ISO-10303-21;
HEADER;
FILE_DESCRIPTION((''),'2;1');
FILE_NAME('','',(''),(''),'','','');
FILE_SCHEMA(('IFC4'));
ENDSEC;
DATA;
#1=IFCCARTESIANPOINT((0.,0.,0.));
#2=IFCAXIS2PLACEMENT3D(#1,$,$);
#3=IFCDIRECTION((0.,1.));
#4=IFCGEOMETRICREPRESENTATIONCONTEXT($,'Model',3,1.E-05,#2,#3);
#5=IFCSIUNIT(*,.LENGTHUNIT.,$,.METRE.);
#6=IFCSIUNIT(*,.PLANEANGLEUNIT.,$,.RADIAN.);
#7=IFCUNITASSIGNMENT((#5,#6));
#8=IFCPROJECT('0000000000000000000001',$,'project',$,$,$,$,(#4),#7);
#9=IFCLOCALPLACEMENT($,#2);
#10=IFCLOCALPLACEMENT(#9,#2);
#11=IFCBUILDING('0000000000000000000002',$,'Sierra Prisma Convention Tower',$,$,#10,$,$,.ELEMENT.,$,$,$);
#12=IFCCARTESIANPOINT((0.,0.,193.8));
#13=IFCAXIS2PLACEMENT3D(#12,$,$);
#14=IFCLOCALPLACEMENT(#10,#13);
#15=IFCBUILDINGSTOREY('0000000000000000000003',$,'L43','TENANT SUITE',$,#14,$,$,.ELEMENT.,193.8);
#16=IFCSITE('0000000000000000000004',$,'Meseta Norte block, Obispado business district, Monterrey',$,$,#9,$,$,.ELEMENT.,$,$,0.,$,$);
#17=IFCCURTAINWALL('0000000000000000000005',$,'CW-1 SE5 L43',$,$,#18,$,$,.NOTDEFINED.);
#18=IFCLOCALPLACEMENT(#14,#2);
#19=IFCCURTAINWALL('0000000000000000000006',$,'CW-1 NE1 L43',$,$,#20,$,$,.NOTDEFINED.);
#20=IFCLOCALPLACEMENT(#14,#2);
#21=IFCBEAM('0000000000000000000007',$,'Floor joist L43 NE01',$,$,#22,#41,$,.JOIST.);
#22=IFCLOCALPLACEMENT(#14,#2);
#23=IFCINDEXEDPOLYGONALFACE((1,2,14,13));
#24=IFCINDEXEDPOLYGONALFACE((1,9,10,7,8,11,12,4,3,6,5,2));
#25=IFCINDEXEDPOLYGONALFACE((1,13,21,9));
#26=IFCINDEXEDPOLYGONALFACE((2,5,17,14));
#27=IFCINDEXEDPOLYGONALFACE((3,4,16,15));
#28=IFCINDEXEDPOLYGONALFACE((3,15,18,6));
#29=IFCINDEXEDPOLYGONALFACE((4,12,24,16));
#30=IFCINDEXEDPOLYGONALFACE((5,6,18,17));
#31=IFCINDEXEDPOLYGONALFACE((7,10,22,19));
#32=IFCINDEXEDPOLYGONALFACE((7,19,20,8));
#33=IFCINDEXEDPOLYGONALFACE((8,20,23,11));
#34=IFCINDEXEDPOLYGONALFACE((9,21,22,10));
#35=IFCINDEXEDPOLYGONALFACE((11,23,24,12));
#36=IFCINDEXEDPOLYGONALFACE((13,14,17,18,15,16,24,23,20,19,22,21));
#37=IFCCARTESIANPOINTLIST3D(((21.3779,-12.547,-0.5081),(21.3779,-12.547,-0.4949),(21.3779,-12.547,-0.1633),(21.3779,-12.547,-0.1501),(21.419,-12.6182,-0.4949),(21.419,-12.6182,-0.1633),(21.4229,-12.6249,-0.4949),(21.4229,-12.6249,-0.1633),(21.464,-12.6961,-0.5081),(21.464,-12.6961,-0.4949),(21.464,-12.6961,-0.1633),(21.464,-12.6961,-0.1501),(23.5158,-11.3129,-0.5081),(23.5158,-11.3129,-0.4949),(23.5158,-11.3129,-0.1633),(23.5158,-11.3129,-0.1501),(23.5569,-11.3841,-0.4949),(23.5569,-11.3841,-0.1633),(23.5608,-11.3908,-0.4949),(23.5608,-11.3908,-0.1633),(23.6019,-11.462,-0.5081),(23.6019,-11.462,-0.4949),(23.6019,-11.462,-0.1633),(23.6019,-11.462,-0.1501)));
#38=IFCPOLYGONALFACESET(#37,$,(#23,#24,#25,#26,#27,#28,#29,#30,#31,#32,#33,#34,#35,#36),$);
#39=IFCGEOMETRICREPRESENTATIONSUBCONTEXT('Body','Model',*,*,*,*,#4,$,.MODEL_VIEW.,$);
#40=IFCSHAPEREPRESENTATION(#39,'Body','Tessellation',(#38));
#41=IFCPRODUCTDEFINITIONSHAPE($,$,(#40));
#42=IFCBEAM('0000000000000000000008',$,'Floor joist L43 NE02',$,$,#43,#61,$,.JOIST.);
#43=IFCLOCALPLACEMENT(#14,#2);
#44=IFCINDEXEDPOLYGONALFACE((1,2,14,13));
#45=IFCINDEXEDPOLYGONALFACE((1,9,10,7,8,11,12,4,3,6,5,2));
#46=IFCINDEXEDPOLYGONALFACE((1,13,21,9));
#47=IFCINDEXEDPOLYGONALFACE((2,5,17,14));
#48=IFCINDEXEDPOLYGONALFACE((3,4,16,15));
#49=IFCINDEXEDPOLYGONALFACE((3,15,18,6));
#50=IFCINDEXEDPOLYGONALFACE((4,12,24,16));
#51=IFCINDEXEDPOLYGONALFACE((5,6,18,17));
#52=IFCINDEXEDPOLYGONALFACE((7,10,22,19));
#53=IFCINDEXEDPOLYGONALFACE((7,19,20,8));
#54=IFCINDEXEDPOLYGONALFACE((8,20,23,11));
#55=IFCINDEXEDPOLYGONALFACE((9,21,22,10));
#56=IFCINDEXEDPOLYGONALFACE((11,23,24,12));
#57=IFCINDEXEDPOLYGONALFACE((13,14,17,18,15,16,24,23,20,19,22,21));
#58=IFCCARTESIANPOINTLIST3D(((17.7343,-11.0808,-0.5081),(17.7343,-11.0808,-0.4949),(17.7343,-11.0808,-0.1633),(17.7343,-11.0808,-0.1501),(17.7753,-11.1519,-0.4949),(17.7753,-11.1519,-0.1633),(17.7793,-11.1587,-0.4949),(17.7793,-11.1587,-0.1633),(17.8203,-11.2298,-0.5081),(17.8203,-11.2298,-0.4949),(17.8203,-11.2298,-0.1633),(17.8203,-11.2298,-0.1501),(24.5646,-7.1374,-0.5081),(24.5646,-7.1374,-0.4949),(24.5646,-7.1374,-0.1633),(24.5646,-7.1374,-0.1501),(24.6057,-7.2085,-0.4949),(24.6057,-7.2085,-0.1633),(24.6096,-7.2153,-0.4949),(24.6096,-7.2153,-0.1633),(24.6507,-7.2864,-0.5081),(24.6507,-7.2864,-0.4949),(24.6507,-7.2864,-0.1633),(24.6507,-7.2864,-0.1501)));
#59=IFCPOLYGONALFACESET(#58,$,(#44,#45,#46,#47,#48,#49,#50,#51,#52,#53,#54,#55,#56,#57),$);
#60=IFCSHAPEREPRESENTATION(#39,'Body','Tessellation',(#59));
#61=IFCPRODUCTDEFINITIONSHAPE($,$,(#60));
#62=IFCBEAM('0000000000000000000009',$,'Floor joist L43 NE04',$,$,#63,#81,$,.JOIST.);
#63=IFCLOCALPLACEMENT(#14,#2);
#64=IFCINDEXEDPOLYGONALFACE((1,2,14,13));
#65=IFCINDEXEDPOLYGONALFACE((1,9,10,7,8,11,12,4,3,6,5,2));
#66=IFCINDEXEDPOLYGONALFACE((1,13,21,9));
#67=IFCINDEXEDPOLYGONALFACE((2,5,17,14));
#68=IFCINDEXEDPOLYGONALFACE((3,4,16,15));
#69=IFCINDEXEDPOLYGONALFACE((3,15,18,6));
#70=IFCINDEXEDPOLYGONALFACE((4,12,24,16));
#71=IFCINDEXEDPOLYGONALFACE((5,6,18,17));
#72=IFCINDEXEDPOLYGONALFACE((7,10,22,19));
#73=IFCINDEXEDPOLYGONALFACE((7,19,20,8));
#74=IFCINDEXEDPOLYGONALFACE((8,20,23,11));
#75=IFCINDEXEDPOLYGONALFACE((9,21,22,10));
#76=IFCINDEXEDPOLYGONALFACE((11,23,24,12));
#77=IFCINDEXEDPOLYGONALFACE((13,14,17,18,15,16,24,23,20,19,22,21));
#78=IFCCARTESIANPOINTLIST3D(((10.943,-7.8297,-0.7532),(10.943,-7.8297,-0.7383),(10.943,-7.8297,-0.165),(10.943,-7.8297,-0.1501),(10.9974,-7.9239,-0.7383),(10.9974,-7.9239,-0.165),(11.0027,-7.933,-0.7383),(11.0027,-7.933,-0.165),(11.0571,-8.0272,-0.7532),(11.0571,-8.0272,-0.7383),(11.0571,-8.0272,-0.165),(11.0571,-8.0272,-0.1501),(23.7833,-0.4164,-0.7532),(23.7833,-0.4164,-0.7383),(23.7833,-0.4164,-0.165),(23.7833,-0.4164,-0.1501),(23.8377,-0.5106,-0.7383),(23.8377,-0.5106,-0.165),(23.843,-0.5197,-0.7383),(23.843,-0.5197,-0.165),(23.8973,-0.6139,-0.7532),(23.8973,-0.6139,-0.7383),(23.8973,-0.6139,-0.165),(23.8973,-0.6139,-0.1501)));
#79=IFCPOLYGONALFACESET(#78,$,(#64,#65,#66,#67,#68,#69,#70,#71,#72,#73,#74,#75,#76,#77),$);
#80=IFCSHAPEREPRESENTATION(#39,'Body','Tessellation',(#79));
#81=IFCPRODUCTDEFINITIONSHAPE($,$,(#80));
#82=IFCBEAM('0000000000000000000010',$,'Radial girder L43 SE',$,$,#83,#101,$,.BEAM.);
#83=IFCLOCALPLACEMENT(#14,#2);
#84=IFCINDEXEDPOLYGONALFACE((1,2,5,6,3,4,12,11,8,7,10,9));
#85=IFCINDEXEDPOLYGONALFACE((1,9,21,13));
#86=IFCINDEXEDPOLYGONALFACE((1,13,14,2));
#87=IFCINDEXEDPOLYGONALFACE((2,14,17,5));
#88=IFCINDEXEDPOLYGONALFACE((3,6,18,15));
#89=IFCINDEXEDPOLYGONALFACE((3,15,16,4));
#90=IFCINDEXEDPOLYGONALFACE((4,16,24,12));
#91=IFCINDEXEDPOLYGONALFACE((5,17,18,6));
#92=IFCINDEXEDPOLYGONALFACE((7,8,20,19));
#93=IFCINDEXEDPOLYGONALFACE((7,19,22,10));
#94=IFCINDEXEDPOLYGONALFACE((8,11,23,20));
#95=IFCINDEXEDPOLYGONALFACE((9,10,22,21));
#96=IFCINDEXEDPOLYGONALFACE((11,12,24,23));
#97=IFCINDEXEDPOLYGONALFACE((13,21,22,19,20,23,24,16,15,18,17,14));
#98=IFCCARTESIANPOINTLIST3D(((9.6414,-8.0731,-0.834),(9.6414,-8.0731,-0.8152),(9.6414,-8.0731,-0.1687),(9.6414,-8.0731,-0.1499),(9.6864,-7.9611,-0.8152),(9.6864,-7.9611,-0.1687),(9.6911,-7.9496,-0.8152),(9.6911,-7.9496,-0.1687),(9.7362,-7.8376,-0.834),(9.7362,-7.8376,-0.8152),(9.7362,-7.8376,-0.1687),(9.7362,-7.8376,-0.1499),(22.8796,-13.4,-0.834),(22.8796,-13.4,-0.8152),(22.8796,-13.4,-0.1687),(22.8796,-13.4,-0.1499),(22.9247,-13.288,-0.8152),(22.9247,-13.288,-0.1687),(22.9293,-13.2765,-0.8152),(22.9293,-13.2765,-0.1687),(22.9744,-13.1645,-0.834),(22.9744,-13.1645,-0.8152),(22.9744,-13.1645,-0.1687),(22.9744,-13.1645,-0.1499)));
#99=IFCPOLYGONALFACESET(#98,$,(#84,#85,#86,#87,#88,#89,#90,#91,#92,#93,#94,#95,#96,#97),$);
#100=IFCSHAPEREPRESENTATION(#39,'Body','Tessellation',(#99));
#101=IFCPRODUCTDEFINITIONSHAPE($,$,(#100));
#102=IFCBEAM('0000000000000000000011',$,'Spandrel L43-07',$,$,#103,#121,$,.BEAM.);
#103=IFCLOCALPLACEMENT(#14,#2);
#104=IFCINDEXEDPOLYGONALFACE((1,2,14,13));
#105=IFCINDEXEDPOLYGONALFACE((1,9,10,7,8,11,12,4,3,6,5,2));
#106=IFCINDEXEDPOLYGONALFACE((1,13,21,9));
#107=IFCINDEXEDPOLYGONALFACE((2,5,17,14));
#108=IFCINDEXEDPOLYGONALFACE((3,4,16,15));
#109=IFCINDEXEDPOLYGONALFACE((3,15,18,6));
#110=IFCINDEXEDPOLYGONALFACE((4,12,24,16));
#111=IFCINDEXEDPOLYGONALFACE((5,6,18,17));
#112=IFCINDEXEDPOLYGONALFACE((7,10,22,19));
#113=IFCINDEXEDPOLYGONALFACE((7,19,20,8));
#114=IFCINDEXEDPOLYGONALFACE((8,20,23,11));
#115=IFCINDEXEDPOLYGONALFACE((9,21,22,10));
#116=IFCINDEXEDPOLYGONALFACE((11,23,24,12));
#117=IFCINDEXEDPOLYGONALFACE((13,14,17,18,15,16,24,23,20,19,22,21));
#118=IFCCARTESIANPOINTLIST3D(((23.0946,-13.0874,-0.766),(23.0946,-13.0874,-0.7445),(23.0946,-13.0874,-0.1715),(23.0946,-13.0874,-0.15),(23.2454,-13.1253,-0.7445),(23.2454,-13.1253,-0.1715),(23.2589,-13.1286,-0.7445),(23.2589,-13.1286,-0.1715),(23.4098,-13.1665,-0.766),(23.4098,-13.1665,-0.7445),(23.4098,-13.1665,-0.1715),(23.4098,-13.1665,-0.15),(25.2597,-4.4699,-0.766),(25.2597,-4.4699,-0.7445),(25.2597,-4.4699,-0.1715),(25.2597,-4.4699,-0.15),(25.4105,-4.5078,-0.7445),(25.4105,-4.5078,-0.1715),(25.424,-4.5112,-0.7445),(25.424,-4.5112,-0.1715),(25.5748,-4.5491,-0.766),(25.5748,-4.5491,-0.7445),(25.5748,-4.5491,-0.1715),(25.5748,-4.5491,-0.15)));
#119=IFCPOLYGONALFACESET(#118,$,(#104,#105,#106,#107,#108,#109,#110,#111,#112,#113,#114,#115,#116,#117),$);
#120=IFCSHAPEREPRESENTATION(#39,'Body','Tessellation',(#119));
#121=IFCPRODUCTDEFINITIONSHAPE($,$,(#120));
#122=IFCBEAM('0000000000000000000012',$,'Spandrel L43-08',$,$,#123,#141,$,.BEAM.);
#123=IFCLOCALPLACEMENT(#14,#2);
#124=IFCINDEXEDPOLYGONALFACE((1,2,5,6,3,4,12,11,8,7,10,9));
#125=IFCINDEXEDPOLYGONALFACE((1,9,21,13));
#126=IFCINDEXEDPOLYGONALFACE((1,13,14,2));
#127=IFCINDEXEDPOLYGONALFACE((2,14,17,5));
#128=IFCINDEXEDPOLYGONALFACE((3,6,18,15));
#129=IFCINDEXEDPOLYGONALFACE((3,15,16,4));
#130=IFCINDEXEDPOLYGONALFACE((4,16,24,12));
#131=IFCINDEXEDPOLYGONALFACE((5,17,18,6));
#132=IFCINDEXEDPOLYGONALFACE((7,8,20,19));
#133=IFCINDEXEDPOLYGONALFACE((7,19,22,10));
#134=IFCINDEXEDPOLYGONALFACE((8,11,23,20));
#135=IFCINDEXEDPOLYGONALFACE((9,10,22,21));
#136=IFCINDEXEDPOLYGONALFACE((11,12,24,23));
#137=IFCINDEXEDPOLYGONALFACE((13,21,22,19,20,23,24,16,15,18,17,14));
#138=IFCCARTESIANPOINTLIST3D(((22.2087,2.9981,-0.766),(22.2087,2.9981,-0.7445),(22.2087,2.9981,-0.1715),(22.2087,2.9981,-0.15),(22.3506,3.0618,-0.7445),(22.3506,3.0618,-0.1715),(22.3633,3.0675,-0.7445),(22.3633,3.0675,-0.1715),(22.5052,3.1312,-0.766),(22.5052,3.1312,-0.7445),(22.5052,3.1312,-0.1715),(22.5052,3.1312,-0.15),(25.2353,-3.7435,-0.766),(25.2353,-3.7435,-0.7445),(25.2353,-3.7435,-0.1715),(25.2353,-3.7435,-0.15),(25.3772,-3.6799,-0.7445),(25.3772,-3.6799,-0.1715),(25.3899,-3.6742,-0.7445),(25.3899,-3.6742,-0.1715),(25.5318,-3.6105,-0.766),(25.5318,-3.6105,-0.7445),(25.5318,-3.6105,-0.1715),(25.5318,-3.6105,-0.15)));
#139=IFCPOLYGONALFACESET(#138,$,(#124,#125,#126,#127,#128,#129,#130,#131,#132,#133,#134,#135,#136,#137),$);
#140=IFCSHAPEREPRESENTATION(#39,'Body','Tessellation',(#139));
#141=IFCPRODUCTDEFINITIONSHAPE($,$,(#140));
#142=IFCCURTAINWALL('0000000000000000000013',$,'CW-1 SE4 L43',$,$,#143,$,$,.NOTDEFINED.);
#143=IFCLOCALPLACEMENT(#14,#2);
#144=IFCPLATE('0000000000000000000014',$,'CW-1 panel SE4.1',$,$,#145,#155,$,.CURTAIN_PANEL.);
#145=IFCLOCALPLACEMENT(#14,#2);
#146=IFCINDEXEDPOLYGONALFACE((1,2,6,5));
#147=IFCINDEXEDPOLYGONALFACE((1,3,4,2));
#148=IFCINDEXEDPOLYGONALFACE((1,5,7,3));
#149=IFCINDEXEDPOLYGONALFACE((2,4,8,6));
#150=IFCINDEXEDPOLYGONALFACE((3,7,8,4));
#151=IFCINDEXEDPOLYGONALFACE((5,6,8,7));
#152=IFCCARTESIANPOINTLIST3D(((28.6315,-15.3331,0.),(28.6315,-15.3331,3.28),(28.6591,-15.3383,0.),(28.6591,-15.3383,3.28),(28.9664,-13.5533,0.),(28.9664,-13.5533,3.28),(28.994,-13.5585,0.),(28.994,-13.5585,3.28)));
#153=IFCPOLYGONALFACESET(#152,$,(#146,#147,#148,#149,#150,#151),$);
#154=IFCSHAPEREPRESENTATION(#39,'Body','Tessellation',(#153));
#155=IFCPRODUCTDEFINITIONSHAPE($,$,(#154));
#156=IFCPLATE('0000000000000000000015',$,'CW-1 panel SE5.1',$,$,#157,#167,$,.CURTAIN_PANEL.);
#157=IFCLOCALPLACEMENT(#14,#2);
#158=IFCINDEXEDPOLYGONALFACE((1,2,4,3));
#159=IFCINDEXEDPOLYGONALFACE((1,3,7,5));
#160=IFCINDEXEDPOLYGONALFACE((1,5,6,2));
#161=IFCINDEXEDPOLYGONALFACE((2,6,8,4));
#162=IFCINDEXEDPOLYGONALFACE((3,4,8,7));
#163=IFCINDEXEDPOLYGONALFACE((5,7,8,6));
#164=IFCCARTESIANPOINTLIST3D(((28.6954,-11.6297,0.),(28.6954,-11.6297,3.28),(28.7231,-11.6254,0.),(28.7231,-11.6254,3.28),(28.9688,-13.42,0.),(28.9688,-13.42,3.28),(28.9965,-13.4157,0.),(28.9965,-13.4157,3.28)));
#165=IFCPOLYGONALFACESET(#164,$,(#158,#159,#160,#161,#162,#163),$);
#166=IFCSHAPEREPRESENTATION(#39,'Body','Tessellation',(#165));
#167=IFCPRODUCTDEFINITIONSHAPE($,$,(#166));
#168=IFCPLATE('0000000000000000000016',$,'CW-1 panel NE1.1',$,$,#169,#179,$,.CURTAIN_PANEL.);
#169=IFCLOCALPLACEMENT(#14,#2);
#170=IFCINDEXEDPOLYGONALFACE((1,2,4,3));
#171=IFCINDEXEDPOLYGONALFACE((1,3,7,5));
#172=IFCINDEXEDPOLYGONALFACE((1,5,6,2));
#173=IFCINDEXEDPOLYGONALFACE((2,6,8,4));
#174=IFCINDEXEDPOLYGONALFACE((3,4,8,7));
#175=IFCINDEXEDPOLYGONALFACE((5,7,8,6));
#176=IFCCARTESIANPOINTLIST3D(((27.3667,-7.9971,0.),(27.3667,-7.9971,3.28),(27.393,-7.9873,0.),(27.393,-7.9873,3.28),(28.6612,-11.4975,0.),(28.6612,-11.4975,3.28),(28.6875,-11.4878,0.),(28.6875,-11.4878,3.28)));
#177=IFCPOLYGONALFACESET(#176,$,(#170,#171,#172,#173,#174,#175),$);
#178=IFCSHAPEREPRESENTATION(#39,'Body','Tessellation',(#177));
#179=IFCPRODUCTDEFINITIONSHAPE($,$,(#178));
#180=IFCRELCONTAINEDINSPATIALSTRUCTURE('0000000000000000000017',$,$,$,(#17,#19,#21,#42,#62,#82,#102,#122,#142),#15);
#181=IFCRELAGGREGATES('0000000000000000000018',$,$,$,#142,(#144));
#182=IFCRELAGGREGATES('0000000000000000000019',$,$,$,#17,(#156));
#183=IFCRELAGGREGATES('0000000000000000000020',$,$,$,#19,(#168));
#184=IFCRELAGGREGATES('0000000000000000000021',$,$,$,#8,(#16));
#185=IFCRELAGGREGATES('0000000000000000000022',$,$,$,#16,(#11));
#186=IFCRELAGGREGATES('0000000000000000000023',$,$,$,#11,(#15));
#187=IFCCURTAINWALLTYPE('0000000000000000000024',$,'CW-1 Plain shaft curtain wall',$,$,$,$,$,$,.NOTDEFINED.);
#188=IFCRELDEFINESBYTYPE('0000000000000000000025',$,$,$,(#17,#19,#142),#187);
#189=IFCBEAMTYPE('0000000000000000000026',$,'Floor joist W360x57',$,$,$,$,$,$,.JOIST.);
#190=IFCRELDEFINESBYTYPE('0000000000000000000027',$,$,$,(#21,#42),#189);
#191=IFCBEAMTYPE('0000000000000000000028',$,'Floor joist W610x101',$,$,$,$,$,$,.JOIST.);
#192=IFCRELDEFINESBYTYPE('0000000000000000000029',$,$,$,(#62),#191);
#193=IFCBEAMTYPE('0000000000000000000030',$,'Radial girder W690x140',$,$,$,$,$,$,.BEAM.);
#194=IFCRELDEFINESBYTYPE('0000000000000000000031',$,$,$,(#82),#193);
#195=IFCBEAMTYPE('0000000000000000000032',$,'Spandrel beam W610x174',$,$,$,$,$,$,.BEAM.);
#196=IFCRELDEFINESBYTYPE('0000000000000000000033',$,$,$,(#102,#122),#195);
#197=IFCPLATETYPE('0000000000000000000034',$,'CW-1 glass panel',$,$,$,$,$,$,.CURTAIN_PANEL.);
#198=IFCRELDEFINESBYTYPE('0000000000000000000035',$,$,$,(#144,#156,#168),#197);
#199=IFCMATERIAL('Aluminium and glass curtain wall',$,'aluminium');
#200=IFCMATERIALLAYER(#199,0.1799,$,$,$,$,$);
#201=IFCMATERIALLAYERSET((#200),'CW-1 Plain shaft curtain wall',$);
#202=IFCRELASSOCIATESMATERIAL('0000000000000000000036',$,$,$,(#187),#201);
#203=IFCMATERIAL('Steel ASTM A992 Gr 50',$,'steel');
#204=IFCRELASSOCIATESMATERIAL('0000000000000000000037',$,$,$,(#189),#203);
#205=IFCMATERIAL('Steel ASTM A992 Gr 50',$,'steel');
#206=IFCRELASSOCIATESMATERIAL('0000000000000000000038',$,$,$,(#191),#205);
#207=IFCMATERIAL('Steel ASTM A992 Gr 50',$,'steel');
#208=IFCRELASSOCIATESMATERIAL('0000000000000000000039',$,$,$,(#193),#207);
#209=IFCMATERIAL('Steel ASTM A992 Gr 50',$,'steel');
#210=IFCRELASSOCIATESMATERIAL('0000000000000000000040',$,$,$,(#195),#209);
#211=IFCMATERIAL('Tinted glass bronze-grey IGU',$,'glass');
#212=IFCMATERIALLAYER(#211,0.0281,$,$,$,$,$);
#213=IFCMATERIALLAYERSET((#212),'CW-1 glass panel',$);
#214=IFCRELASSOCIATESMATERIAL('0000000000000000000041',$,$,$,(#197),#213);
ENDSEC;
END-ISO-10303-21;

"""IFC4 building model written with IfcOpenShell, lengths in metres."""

from ifc_helpers import new_model, si_unit, direction, frame, origin, origin_2d, place, context, subcontext, project, spatial, rectangle, i_section, extrude, material, layer, layer_set, material_profile, profile_set, type_object, element, aggregate, save


model = new_model("IFC4")

# Units and contexts
model_context = context("Model", 3, precision=1e-05, world=origin(), true_north=direction((0.0, 1.0)))
body_context = subcontext(model_context, "Body", "Model", "MODEL_VIEW")
ifc_project = project(units=[si_unit("LENGTHUNIT", "METRE"), si_unit("PLANEANGLEUNIT", "RADIAN")], contexts=[model_context])

# Site, building, storey
site_placement = place(None, origin())
site = spatial("IfcSite", under=ifc_project, at=site_placement, Name="Meseta Norte block, Obispado business district, Monterrey", CompositionType="ELEMENT", RefElevation=0.0)
building_placement = place(site_placement, origin())
building = spatial("IfcBuilding", under=site, at=building_placement, Name="Sierra Prisma Convention Tower", CompositionType="ELEMENT")
storey_placement = place(building_placement, frame((0.0, 0.0, 193.8)))
storey = spatial("IfcBuildingStorey", under=building, at=storey_placement, Name="L43", Description="TENANT SUITE", CompositionType="ELEMENT", Elevation=193.8)

# Curtain wall
ifc_material_1 = material(Name="Aluminium and glass curtain wall", Category="aluminium")
ifc_layer_1 = layer(ifc_material_1, 0.1799)
ifc_layer_set_1 = layer_set([ifc_layer_1], Name="CW-1 Plain shaft curtain wall")
curtain_wall_type = type_object("IfcCurtainWallType", Name="CW-1 Plain shaft curtain wall", PredefinedType="NOTDEFINED", material=ifc_layer_set_1)
curtain_wall_1_placement = place(storey_placement, origin())
curtain_wall_1 = element("IfcCurtainWall", 1, at=curtain_wall_1_placement, inside=storey, type_object=curtain_wall_type, Name="CW-1 SE5 L43", PredefinedType="NOTDEFINED")

# Curtain wall
curtain_wall_2_placement = place(storey_placement, origin())
curtain_wall_2 = element("IfcCurtainWall", 2, at=curtain_wall_2_placement, inside=storey, type_object=curtain_wall_type, Name="CW-1 NE1 L43", PredefinedType="NOTDEFINED")

# Beams
ifc_material_2 = material(Name="Steel ASTM A992 Gr 50", Category="steel")
ifc_material_profile_1 = material_profile(ifc_material_2, i_section(OverallWidth=0.1721, OverallDepth=0.3579, WebThickness=0.0078, FlangeThickness=0.0132, at=origin_2d()), Name="W360x57")
ifc_profile_set_1 = profile_set([ifc_material_profile_1], Name="Steel ASTM A992 Gr 50")
beam_type_1 = type_object("IfcBeamType", Name="Floor joist W360x57", PredefinedType="JOIST", material=ifc_profile_set_1)
beam_1_placement = place(storey_placement, frame((23.5588, -11.3875, -0.3291), z_axis=(-0.866062, -0.499936, 0.0), x_axis=(0.499936, -0.866062, 0.0)))
element("IfcBeam", 3, at=beam_1_placement, inside=storey, type_object=beam_type_1, Name="Floor joist L43 NE01", PredefinedType="JOIST", context=body_context, shape_type="SweptSolid", body=[
    extrude(i_section(OverallWidth=0.1721, OverallDepth=0.3579, WebThickness=0.0078, FlangeThickness=0.0132, at=origin_2d()), origin(), (0.0, 0.0, 1.0), 2.4685),
])
beam_2_placement = place(storey_placement, frame((24.6077, -7.2119, -0.3291), z_axis=(-0.866032, -0.499988, 0.0), x_axis=(0.499988, -0.866032, 0.0)))
element("IfcBeam", 4, at=beam_2_placement, inside=storey, type_object=beam_type_1, Name="Floor joist L43 NE02", PredefinedType="JOIST", context=body_context, shape_type="SweptSolid", body=[
    extrude(i_section(OverallWidth=0.1721, OverallDepth=0.3579, WebThickness=0.0078, FlangeThickness=0.0132, at=origin_2d()), origin(), (0.0, 0.0, 1.0), 7.887),
])
ifc_material_3 = material(Name="Steel ASTM A992 Gr 50", Category="steel")
ifc_material_profile_2 = material_profile(ifc_material_3, i_section(OverallWidth=0.228, OverallDepth=0.603, WebThickness=0.0105, FlangeThickness=0.0149, at=origin_2d()), Name="W610x101")
ifc_profile_set_2 = profile_set([ifc_material_profile_2], Name="Steel ASTM A992 Gr 50")
beam_type_2 = type_object("IfcBeamType", Name="Floor joist W610x101", PredefinedType="JOIST", material=ifc_profile_set_2)
beam_3_placement = place(storey_placement, frame((23.8403, -0.5151, -0.4517), z_axis=(-0.866027, -0.499998, 0.0), x_axis=(0.499998, -0.866027, 0.0)))
element("IfcBeam", 5, at=beam_3_placement, inside=storey, type_object=beam_type_2, Name="Floor joist L43 NE04", PredefinedType="JOIST", context=body_context, shape_type="SweptSolid", body=[
    extrude(i_section(OverallWidth=0.228, OverallDepth=0.603, WebThickness=0.0105, FlangeThickness=0.0149, at=origin_2d()), origin(), (0.0, 0.0, 1.0), 14.8267),
])
ifc_material_4 = material(Name="Steel ASTM A992 Gr 50", Category="steel")
ifc_material_profile_3 = material_profile(ifc_material_4, i_section(OverallWidth=0.2539, OverallDepth=0.6841, WebThickness=0.0125, FlangeThickness=0.0188, at=origin_2d()), Name="W690x140")
ifc_profile_set_3 = profile_set([ifc_material_profile_3], Name="Steel ASTM A992 Gr 50")
beam_type_3 = type_object("IfcBeamType", Name="Radial girder W690x140", PredefinedType="BEAM", material=ifc_profile_set_3)
beam_4_placement = place(storey_placement, frame((22.927, -13.2822, -0.4919), z_axis=(-0.927711, 0.373298, 0.0), x_axis=(-0.373298, -0.927711, 0.0)))
element("IfcBeam", 6, at=beam_4_placement, inside=storey, type_object=beam_type_3, Name="Radial girder L43 SE", PredefinedType="BEAM", context=body_context, shape_type="SweptSolid", body=[
    extrude(i_section(OverallWidth=0.2539, OverallDepth=0.6841, WebThickness=0.0125, FlangeThickness=0.0188, at=origin_2d()), origin(), (0.0, 0.0, 1.0), 14.2698),
])
ifc_material_5 = material(Name="Steel ASTM A992 Gr 50", Category="steel")
ifc_material_profile_4 = material_profile(ifc_material_5, i_section(OverallWidth=0.325, OverallDepth=0.616, WebThickness=0.0139, FlangeThickness=0.0215, at=origin_2d()), Name="W610x174")
ifc_profile_set_4 = profile_set([ifc_material_profile_4], Name="Steel ASTM A992 Gr 50")
beam_type_4 = type_object("IfcBeamType", Name="Spandrel beam W610x174", PredefinedType="BEAM", material=ifc_profile_set_4)
beam_5_placement = place(storey_placement, frame((23.2522, -13.127, -0.458), z_axis=(0.243667, 0.969859, 0.0), x_axis=(-0.969859, 0.243667, 0.0)))
element("IfcBeam", 7, at=beam_5_placement, inside=storey, type_object=beam_type_4, Name="Spandrel L43-07", PredefinedType="BEAM", context=body_context, shape_type="SweptSolid", body=[
    extrude(i_section(OverallWidth=0.325, OverallDepth=0.616, WebThickness=0.0139, FlangeThickness=0.0215, at=origin_2d()), origin(), (0.0, 0.0, 1.0), 8.8853),
])
beam_6_placement = place(storey_placement, frame((25.3835, -3.677, -0.458), z_axis=(-0.40956, 0.912283, 0.0), x_axis=(-0.912283, -0.40956, 0.0)))
element("IfcBeam", 8, at=beam_6_placement, inside=storey, type_object=beam_type_4, Name="Spandrel L43-08", PredefinedType="BEAM", context=body_context, shape_type="SweptSolid", body=[
    extrude(i_section(OverallWidth=0.325, OverallDepth=0.616, WebThickness=0.0139, FlangeThickness=0.0215, at=origin_2d()), origin(), (0.0, 0.0, 1.0), 7.3899),
])

# Curtain wall, plate
curtain_wall_3_placement = place(storey_placement, origin())
curtain_wall_3 = element("IfcCurtainWall", 9, at=curtain_wall_3_placement, inside=storey, type_object=curtain_wall_type, Name="CW-1 SE4 L43", PredefinedType="NOTDEFINED")
ifc_material_6 = material(Name="Tinted glass bronze-grey IGU", Category="glass")
ifc_layer_2 = layer(ifc_material_6, 0.0281)
ifc_layer_set_2 = layer_set([ifc_layer_2], Name="CW-1 glass panel")
plate_type = type_object("IfcPlateType", Name="CW-1 glass panel", PredefinedType="CURTAIN_PANEL", material=ifc_layer_set_2)
plate_1_placement = place(storey_placement, frame((28.8127, -14.4458, 0.0), z_axis=(0.0, 0.0, 1.0), x_axis=(0.184947, 0.982748, 0.0)))
plate_1 = element("IfcPlate", 10, at=plate_1_placement, type_object=plate_type, Name="CW-1 panel SE4.1", PredefinedType="CURTAIN_PANEL", context=body_context, shape_type="SweptSolid", body=[
    extrude(rectangle(XDim=1.811, YDim=0.0281, at=origin_2d()), origin(), (0.0, 0.0, 1.0), 3.28),
])
aggregate(curtain_wall_3, [plate_1])

# Plates
plate_2_placement = place(storey_placement, frame((28.8459, -12.5227, 0.0), z_axis=(0.0, 0.0, 1.0), x_axis=(-0.150983, 0.988536, 0.0)))
plate_2 = element("IfcPlate", 11, at=plate_2_placement, type_object=plate_type, Name="CW-1 panel SE5.1", PredefinedType="CURTAIN_PANEL", context=body_context, shape_type="SweptSolid", body=[
    extrude(rectangle(XDim=1.811, YDim=0.0281, at=origin_2d()), origin(), (0.0, 0.0, 1.0), 3.28),
])
aggregate(curtain_wall_1, [plate_2])
plate_3_placement = place(storey_placement, frame((28.0271, -9.7424, 0.0), z_axis=(0.0, 0.0, 1.0), x_axis=(-0.346866, 0.937915, 0.0)))
plate_3 = element("IfcPlate", 12, at=plate_3_placement, type_object=plate_type, Name="CW-1 panel NE1.1", PredefinedType="CURTAIN_PANEL", context=body_context, shape_type="SweptSolid", body=[
    extrude(rectangle(XDim=3.7322, YDim=0.0281, at=origin_2d()), origin(), (0.0, 0.0, 1.0), 3.28),
])
aggregate(curtain_wall_2, [plate_3])

save(model, "model.ifc")
